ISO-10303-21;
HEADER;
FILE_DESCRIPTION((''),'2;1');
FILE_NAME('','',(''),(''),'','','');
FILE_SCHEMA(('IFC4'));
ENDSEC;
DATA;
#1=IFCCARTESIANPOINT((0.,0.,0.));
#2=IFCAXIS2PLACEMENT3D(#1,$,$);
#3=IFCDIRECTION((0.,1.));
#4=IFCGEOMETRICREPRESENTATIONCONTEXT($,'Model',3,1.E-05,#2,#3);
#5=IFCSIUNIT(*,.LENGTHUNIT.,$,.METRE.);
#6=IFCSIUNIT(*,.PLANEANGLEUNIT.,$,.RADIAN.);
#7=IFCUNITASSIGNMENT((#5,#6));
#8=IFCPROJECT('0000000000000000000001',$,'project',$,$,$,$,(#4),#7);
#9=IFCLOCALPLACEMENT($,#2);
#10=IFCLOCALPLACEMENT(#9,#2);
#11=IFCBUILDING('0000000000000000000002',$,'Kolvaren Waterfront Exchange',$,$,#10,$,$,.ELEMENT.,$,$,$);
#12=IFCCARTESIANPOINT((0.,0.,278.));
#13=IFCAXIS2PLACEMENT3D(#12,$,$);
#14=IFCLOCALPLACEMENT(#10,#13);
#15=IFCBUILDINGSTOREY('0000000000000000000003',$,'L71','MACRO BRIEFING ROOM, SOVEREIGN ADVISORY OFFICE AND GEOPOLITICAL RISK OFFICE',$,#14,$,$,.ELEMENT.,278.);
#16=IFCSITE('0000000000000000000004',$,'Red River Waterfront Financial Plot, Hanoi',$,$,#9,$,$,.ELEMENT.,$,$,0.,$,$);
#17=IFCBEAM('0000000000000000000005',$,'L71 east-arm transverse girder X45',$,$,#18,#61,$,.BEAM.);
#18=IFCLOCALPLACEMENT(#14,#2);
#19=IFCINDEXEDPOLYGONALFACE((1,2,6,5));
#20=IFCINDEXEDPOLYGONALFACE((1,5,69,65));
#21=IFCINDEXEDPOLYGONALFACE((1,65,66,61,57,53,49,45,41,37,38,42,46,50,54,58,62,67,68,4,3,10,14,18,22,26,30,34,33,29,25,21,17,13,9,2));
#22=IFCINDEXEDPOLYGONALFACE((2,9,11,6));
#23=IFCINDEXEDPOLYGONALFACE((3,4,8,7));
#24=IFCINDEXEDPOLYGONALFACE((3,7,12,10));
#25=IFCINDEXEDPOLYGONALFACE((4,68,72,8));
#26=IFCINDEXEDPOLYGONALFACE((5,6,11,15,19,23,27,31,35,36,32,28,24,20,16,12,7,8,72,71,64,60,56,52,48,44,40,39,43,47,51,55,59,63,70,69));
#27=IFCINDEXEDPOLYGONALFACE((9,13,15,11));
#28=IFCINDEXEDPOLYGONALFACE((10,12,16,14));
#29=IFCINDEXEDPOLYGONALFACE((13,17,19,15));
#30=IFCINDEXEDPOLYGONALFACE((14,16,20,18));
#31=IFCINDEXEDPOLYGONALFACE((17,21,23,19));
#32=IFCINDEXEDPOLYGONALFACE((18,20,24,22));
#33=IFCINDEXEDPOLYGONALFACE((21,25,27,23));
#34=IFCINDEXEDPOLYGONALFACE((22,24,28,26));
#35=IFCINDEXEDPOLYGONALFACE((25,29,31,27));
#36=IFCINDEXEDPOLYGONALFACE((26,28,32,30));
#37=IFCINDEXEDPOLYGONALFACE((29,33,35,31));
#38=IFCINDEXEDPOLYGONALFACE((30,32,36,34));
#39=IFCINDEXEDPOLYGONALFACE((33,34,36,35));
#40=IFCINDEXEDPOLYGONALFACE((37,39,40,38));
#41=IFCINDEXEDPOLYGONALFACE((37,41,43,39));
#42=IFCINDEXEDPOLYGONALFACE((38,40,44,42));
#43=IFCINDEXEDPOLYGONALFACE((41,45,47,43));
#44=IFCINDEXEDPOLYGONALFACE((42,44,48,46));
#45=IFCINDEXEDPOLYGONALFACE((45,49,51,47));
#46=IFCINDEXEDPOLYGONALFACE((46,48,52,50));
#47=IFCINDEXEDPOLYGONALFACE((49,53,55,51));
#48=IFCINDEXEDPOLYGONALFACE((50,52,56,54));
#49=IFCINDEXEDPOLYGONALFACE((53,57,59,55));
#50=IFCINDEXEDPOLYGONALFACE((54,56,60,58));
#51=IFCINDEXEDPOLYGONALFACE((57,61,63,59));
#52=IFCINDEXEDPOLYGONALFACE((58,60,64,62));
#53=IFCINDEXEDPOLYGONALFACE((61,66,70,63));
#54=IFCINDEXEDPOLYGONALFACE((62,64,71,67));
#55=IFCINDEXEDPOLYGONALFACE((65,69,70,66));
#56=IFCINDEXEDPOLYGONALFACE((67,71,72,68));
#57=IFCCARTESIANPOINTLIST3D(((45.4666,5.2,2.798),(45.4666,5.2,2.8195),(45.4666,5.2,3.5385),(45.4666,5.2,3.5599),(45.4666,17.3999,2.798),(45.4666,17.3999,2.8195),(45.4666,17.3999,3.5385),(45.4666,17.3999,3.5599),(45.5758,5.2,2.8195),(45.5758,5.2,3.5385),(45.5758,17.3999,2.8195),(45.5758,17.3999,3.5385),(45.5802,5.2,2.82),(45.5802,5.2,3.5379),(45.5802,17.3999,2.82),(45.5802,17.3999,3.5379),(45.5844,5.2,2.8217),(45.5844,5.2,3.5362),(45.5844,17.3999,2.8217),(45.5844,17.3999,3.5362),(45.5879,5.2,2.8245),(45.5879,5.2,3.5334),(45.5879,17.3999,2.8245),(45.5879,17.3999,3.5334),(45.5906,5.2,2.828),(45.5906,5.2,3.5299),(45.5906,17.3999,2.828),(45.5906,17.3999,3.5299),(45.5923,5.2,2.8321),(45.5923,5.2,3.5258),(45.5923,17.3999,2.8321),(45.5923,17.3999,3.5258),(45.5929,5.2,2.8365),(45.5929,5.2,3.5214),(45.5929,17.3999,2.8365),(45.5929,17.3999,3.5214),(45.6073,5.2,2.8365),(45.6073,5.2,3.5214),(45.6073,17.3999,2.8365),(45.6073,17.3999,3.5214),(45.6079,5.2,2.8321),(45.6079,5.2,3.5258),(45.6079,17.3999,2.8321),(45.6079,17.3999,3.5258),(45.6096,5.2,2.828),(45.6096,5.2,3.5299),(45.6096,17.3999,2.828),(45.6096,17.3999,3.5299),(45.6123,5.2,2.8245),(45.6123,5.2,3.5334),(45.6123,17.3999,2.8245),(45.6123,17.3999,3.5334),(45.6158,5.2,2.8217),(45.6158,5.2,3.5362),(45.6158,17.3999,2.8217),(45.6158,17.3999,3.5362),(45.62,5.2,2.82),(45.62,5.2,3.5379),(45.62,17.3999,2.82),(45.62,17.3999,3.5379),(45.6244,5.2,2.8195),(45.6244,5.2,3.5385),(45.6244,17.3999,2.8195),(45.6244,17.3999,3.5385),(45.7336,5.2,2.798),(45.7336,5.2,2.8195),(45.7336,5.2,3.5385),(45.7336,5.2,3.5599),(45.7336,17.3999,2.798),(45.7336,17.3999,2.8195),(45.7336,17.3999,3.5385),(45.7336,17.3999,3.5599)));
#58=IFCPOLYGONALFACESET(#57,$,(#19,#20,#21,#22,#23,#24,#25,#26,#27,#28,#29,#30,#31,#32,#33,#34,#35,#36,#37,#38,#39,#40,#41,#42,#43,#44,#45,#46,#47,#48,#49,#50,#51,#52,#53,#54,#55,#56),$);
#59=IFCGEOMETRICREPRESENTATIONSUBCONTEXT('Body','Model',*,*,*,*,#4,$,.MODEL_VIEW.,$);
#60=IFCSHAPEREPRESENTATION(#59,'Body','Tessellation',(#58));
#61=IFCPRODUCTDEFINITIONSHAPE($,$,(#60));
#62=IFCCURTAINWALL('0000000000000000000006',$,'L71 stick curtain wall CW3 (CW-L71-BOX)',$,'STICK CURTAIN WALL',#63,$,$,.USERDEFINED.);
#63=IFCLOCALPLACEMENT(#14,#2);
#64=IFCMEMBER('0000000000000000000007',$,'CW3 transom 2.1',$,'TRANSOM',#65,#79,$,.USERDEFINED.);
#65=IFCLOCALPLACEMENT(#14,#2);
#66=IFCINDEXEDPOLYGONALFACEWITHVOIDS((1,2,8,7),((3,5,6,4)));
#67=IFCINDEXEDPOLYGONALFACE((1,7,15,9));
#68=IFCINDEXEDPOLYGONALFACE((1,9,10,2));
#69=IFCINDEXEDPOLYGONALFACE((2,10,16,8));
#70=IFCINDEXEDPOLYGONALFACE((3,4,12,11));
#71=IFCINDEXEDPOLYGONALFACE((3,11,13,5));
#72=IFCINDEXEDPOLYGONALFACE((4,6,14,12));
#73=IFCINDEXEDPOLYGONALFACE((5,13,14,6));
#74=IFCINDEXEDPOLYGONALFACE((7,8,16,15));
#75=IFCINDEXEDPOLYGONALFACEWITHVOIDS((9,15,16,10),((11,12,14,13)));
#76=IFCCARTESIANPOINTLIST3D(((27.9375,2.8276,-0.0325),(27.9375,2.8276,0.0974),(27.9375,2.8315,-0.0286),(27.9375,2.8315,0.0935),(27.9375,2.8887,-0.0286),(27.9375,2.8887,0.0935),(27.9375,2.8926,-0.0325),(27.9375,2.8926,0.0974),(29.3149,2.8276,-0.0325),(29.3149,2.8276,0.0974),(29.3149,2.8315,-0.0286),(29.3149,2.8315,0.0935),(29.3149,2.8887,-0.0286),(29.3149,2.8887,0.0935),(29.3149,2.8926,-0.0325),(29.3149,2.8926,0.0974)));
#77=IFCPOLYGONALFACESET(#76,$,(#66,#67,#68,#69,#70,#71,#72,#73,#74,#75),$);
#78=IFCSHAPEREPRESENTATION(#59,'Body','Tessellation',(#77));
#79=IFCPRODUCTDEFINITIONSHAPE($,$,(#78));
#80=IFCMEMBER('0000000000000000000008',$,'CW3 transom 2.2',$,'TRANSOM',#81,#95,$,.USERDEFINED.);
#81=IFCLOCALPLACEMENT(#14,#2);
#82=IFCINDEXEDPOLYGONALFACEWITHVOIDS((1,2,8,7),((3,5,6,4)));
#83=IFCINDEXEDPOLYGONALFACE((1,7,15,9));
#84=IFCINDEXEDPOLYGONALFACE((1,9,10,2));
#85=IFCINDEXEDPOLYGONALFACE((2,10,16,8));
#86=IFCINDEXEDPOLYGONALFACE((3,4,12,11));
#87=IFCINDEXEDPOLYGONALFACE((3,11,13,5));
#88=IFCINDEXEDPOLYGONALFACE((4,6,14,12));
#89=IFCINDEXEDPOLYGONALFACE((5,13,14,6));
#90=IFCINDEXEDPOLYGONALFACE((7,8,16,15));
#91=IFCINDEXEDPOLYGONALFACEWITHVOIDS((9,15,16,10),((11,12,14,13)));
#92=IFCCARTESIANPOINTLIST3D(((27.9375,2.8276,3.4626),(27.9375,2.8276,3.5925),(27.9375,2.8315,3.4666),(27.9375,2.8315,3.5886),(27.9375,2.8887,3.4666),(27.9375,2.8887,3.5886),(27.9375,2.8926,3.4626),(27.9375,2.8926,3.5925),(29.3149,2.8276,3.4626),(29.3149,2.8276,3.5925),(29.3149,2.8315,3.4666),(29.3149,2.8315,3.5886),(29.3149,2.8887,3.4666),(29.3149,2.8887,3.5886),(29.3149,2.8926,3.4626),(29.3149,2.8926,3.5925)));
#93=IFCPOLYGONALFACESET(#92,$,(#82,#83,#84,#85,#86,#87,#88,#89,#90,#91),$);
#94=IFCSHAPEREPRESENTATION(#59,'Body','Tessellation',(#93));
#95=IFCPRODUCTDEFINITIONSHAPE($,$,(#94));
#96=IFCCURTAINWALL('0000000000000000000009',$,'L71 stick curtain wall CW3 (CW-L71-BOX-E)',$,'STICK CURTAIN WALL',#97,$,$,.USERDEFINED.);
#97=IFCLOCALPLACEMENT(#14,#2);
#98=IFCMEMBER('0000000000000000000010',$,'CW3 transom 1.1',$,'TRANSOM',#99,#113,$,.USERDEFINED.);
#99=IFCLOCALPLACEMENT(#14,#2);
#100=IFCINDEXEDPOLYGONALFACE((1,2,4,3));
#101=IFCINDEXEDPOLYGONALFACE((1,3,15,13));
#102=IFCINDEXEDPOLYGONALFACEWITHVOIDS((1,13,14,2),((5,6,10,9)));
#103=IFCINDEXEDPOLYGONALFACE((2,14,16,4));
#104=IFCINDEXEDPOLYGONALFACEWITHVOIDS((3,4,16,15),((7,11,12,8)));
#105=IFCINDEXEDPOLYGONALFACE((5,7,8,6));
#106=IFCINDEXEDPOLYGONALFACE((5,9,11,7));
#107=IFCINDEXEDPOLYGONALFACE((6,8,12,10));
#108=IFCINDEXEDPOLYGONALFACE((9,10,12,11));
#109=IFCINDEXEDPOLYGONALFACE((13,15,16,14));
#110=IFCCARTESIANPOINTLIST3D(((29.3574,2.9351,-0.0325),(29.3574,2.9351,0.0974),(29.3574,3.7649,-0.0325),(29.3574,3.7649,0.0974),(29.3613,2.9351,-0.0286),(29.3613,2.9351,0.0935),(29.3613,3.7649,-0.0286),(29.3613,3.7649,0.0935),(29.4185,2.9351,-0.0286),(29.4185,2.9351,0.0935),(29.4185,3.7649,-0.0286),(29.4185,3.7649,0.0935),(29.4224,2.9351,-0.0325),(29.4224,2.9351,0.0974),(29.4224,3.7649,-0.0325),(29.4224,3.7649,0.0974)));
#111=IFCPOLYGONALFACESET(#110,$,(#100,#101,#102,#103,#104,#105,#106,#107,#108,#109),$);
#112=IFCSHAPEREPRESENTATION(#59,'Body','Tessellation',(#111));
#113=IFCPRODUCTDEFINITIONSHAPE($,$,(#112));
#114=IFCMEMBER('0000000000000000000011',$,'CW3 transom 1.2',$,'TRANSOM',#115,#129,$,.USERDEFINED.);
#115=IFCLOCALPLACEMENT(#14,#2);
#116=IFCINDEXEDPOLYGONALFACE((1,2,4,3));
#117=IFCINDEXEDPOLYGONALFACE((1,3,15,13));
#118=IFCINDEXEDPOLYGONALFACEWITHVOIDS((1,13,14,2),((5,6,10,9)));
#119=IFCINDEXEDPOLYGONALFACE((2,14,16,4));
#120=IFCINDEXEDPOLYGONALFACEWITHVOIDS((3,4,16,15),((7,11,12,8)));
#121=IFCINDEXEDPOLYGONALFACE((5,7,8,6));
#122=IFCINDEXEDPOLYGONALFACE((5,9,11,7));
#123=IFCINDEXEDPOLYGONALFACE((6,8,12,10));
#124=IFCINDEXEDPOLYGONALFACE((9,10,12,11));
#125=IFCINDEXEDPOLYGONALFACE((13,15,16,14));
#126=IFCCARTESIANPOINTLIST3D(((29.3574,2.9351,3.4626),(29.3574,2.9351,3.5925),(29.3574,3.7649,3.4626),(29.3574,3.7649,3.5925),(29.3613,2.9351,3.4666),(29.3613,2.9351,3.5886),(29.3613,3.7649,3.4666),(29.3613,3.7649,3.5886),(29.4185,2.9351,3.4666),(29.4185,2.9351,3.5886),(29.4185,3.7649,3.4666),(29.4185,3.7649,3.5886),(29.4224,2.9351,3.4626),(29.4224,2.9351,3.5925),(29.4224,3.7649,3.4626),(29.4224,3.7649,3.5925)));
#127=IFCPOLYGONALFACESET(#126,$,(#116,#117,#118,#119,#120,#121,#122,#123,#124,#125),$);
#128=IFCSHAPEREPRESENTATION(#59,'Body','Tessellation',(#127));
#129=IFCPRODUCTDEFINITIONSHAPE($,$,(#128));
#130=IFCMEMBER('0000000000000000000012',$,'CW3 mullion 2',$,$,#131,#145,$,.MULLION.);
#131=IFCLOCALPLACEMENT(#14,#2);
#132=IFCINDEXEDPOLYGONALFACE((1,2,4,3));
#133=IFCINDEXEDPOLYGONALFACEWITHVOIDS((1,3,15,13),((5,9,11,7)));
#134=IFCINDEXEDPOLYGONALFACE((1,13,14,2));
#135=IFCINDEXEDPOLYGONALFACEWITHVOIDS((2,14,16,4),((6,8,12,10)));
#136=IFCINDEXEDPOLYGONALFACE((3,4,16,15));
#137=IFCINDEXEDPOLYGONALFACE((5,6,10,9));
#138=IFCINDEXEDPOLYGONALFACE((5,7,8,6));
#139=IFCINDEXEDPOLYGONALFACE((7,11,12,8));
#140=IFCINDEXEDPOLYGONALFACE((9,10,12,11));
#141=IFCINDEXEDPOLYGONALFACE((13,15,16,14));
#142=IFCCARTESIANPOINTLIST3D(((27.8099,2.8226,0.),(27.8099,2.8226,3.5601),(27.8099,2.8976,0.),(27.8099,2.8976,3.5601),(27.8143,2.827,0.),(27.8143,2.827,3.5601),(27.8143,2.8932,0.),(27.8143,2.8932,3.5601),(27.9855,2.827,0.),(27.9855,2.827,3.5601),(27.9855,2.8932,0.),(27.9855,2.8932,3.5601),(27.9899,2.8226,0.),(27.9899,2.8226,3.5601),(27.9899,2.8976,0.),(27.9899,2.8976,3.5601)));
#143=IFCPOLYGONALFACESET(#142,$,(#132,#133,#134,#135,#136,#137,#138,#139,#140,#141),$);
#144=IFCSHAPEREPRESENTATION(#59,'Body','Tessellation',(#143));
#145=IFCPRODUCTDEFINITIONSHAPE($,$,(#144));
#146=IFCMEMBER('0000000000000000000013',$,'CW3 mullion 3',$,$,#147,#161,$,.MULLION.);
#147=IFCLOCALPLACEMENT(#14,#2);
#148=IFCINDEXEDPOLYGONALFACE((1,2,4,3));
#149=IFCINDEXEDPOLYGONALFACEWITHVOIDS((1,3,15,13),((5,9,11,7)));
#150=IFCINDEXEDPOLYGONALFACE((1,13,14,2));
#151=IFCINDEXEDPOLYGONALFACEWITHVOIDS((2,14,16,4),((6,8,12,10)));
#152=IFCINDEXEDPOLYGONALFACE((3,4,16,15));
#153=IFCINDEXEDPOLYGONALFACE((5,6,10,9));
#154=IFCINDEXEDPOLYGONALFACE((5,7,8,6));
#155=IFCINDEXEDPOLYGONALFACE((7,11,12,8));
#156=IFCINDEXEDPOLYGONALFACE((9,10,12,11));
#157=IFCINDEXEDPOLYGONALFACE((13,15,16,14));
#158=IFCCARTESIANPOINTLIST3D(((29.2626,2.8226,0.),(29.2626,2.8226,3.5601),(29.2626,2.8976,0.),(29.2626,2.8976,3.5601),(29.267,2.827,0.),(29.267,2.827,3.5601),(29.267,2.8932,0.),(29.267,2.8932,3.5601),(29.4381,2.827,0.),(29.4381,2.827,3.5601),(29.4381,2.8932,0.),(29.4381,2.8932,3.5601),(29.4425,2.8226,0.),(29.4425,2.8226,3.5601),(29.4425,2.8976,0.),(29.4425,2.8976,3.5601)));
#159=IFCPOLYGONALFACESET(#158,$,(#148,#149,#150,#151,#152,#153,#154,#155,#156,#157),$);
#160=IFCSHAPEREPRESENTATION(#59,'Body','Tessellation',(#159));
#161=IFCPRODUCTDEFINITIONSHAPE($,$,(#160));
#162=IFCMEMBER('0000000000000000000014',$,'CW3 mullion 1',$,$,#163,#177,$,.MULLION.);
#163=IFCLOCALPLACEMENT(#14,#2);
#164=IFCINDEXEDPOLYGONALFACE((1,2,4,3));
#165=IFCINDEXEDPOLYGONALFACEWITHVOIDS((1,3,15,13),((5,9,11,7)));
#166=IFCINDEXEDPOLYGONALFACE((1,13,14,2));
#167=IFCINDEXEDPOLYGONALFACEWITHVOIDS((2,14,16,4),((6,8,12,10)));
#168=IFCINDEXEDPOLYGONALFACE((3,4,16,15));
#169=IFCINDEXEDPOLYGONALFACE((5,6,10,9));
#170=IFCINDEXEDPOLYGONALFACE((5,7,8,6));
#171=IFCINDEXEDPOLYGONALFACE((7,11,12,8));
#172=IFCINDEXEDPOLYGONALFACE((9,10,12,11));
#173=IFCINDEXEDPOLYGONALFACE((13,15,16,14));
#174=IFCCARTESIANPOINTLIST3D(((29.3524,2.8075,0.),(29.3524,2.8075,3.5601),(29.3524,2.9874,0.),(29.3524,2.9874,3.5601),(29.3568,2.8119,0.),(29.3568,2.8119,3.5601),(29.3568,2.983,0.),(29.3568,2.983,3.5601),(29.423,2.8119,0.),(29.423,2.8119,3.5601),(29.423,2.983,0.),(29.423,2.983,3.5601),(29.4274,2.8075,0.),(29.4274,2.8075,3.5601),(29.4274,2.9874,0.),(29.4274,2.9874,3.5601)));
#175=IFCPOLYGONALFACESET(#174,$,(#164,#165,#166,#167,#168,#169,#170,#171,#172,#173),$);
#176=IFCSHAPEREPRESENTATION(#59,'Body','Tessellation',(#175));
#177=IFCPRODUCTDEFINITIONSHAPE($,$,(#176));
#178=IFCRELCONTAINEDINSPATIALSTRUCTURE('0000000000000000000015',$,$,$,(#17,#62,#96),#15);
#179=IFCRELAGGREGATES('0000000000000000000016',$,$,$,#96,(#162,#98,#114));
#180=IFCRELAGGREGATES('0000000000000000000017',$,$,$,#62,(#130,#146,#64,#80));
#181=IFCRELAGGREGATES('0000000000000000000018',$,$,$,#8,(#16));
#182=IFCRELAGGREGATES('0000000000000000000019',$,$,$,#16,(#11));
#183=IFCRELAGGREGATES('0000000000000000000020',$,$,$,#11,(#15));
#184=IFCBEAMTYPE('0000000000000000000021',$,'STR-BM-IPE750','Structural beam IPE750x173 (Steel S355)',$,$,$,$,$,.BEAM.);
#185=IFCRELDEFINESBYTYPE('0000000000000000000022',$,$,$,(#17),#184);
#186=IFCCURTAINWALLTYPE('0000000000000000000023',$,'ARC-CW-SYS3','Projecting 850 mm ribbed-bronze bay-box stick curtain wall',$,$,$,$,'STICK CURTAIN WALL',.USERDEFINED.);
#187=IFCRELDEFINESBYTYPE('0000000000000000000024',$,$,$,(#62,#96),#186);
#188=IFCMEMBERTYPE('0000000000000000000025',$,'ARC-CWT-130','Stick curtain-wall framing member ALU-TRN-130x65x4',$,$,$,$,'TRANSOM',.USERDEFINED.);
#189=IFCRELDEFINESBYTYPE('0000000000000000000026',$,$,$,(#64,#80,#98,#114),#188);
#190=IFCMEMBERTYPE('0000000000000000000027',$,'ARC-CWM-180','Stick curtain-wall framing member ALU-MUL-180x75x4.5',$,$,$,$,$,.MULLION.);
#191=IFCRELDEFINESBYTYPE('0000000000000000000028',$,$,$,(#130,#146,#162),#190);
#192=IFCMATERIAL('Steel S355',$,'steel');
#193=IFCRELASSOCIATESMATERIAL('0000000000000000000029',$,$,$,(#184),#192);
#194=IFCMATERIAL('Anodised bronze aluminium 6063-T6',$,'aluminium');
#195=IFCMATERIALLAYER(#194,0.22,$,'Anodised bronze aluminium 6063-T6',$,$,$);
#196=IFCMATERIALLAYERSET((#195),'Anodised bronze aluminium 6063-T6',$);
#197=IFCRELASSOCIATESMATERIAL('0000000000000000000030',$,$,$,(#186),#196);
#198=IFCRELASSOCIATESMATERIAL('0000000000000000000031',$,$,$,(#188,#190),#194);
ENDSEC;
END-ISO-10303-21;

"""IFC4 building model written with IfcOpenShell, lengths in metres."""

from ifc_helpers import new_model, si_unit, direction, frame, origin, origin_with_axes, origin_2d, place, context, subcontext, project, spatial, hollow_rectangle, i_section, extrude, source, transform, mapped, material, layer, layer_set, material_profile, profile_set, type_object, element, aggregate, save


model = new_model("IFC4")

# Units and contexts
model_context = context("Model", 3, precision=1e-05, world=origin(), true_north=direction((0.0, 1.0)))
body_context = subcontext(model_context, "Body", "Model", "MODEL_VIEW")
ifc_project = project(units=[si_unit("LENGTHUNIT", "METRE"), si_unit("PLANEANGLEUNIT", "RADIAN")], contexts=[model_context])

# Site, building, storey
site_placement = place(None, origin())
site = spatial("IfcSite", under=ifc_project, at=site_placement, Name="Red River Waterfront Financial Plot, Hanoi", CompositionType="ELEMENT", RefElevation=0.0)
building_placement = place(site_placement, origin())
building = spatial("IfcBuilding", under=site, at=building_placement, Name="Kolvaren Waterfront Exchange", CompositionType="ELEMENT")
storey_placement = place(building_placement, frame((0.0, 0.0, 278.0)))
storey = spatial("IfcBuildingStorey", under=building, at=storey_placement, Name="L71", Description="MACRO BRIEFING ROOM, SOVEREIGN ADVISORY OFFICE AND GEOPOLITICAL RISK OFFICE", CompositionType="ELEMENT", Elevation=278.0)

# Beam
ifc_material_1 = material(Name="Steel S355", Category="steel")
ifc_material_profile_1 = material_profile(ifc_material_1, i_section(OverallWidth=0.2671, OverallDepth=0.762, WebThickness=0.0144, FlangeThickness=0.0215, FilletRadius=0.0171, at=origin_2d()), Name="IPE750x173")
ifc_profile_set_1 = profile_set([ifc_material_profile_1], Name="Steel S355")
beam_type_1 = type_object("IfcBeamType", Name="STR-BM-IPE750", Description="Structural beam IPE750x173 (Steel S355)", PredefinedType="BEAM", material=ifc_profile_set_1)
for number, where, z_axis, x_axis, name in (
    (1, (45.6001, 5.2, 3.179), (0.0, 1.0, 0.0), (-1.0, 0.0, 0.0), "L71 east-arm transverse girder X45"),
):
    element("IfcBeam", number, at=place(storey_placement, frame(where, z_axis=z_axis, x_axis=x_axis)), inside=storey, type_object=beam_type_1, Name=name, PredefinedType="BEAM", context=body_context, shape_type="SweptSolid", body=[
        extrude(i_section(OverallWidth=0.2671, OverallDepth=0.762, WebThickness=0.0144, FlangeThickness=0.0215, FilletRadius=0.0171, at=origin_2d()), origin(), (0.0, 0.0, 1.0), 12.2),
    ])

# Curtain walls, members
ifc_material_2 = material(Name="Anodised bronze aluminium 6063-T6", Category="aluminium")
ifc_layer_1 = layer(ifc_material_2, 0.22, Name="Anodised bronze aluminium 6063-T6")
ifc_layer_set_1 = layer_set([ifc_layer_1], Name="Anodised bronze aluminium 6063-T6")
curtain_wall_type_1 = type_object("IfcCurtainWallType", Name="ARC-CW-SYS3", Description="Projecting 850 mm ribbed-bronze bay-box stick curtain wall", ElementType="STICK CURTAIN WALL", PredefinedType="USERDEFINED", material=ifc_layer_set_1)
curtain_wall_1_placement = place(storey_placement, origin())
curtain_wall_1 = element("IfcCurtainWall", 2, at=curtain_wall_1_placement, inside=storey, type_object=curtain_wall_type_1, Name="L71 stick curtain wall CW3 (CW-L71-BOX)", ObjectType="STICK CURTAIN WALL", PredefinedType="USERDEFINED")
ifc_material_profile_2 = material_profile(ifc_material_2, hollow_rectangle(XDim=0.0649, YDim=0.1299, WallThickness=0.0039, at=origin_2d()), Name="ALU-TRN-130x65x4")
ifc_profile_set_2 = profile_set([ifc_material_profile_2], Name="Anodised bronze aluminium 6063-T6")
member_type_1 = type_object("IfcMemberType", Name="ARC-CWT-130", Description="Stick curtain-wall framing member ALU-TRN-130x65x4", ElementType="TRANSOM", PredefinedType="USERDEFINED", material=ifc_profile_set_2)
shared_shape_1 = source(origin_with_axes(), body_context, "Body", "SweptSolid", [
    extrude(hollow_rectangle(XDim=0.0649, YDim=0.1299, WallThickness=0.0039, at=origin_2d()), origin(), (0.0, 0.0, 1.0), 1.3774),
])
member_1_placement = place(storey_placement, frame((27.9375, 2.8601, 0.0325), z_axis=(1.0, 0.0, 0.0), x_axis=(0.0, 1.0, 0.0)))
member_1 = element("IfcMember", 3, at=member_1_placement, type_object=member_type_1, Name="CW3 transom 2.1", ObjectType="TRANSOM", PredefinedType="USERDEFINED", context=body_context, shape_type="MappedRepresentation", body=[
    mapped(shared_shape_1, transform((0.0, 0.0, 0.0), x_axis=(1.0, 0.0, 0.0), y_axis=(0.0, 1.0, 0.0), z_axis=(0.0, 0.0, 1.0), scale=1.0)),
])
member_2_placement = place(storey_placement, frame((27.9375, 2.8601, 3.5276), z_axis=(1.0, 0.0, 0.0), x_axis=(0.0, 1.0, 0.0)))
member_2 = element("IfcMember", 4, at=member_2_placement, type_object=member_type_1, Name="CW3 transom 2.2", ObjectType="TRANSOM", PredefinedType="USERDEFINED", context=body_context, shape_type="MappedRepresentation", body=[
    mapped(shared_shape_1, transform((0.0, 0.0, 0.0), x_axis=(1.0, 0.0, 0.0), y_axis=(0.0, 1.0, 0.0), z_axis=(0.0, 0.0, 1.0), scale=1.0)),
])
curtain_wall_2_placement = place(storey_placement, origin())
curtain_wall_2 = element("IfcCurtainWall", 5, at=curtain_wall_2_placement, inside=storey, type_object=curtain_wall_type_1, Name="L71 stick curtain wall CW3 (CW-L71-BOX-E)", ObjectType="STICK CURTAIN WALL", PredefinedType="USERDEFINED")
shared_shape_2 = source(origin_with_axes(), body_context, "Body", "SweptSolid", [
    extrude(hollow_rectangle(XDim=0.0649, YDim=0.1299, WallThickness=0.0039, at=origin_2d()), origin(), (0.0, 0.0, 1.0), 0.8298),
])
member_3_placement = place(storey_placement, frame((29.3899, 2.9351, 0.0325), z_axis=(0.0, 1.0, 0.0), x_axis=(-1.0, 0.0, 0.0)))
member_3 = element("IfcMember", 6, at=member_3_placement, type_object=member_type_1, Name="CW3 transom 1.1", ObjectType="TRANSOM", PredefinedType="USERDEFINED", context=body_context, shape_type="MappedRepresentation", body=[
    mapped(shared_shape_2, transform((0.0, 0.0, 0.0), x_axis=(1.0, 0.0, 0.0), y_axis=(0.0, 1.0, 0.0), z_axis=(0.0, 0.0, 1.0), scale=1.0)),
])
member_4_placement = place(storey_placement, frame((29.3899, 2.9351, 3.5276), z_axis=(0.0, 1.0, 0.0), x_axis=(-1.0, 0.0, 0.0)))
member_4 = element("IfcMember", 7, at=member_4_placement, type_object=member_type_1, Name="CW3 transom 1.2", ObjectType="TRANSOM", PredefinedType="USERDEFINED", context=body_context, shape_type="MappedRepresentation", body=[
    mapped(shared_shape_2, transform((0.0, 0.0, 0.0), x_axis=(1.0, 0.0, 0.0), y_axis=(0.0, 1.0, 0.0), z_axis=(0.0, 0.0, 1.0), scale=1.0)),
])

# Members
ifc_material_profile_3 = material_profile(ifc_material_2, hollow_rectangle(XDim=0.075, YDim=0.1799, WallThickness=0.0044, at=origin_2d()), Name="ALU-MUL-180x75x4.5")
ifc_profile_set_3 = profile_set([ifc_material_profile_3], Name="Anodised bronze aluminium 6063-T6")
member_type_2 = type_object("IfcMemberType", Name="ARC-CWM-180", Description="Stick curtain-wall framing member ALU-MUL-180x75x4.5", PredefinedType="MULLION", material=ifc_profile_set_3)
shared_shape_3 = source(origin_with_axes(), body_context, "Body", "SweptSolid", [
    extrude(hollow_rectangle(XDim=0.075, YDim=0.1799, WallThickness=0.0044, at=origin_2d()), origin(), (0.0, 0.0, 1.0), 3.5601),
])
member_5_placement = place(storey_placement, frame((27.8999, 2.8601, 0.0), z_axis=(0.0, 0.0, 1.0), x_axis=(0.0, 1.0, 0.0)))
member_5 = element("IfcMember", 8, at=member_5_placement, type_object=member_type_2, Name="CW3 mullion 2", PredefinedType="MULLION", context=body_context, shape_type="MappedRepresentation", body=[
    mapped(shared_shape_3, transform((0.0, 0.0, 0.0), x_axis=(1.0, 0.0, 0.0), y_axis=(0.0, 1.0, 0.0), z_axis=(0.0, 0.0, 1.0), scale=1.0)),
])
member_6_placement = place(storey_placement, frame((29.3525, 2.8601, 0.0), z_axis=(0.0, 0.0, 1.0), x_axis=(0.0, 1.0, 0.0)))
member_6 = element("IfcMember", 9, at=member_6_placement, type_object=member_type_2, Name="CW3 mullion 3", PredefinedType="MULLION", context=body_context, shape_type="MappedRepresentation", body=[
    mapped(shared_shape_3, transform((0.0, 0.0, 0.0), x_axis=(1.0, 0.0, 0.0), y_axis=(0.0, 1.0, 0.0), z_axis=(0.0, 0.0, 1.0), scale=1.0)),
])
member_7_placement = place(storey_placement, frame((29.3899, 2.8975, 0.0), z_axis=(0.0, 0.0, 1.0), x_axis=(-1.0, 0.0, 0.0)))
member_7 = element("IfcMember", 10, at=member_7_placement, type_object=member_type_2, Name="CW3 mullion 1", PredefinedType="MULLION", context=body_context, shape_type="MappedRepresentation", body=[
    mapped(shared_shape_3, transform((0.0, 0.0, 0.0), x_axis=(1.0, 0.0, 0.0), y_axis=(0.0, 1.0, 0.0), z_axis=(0.0, 0.0, 1.0), scale=1.0)),
])

aggregate(curtain_wall_2, [member_7, member_3, member_4])
aggregate(curtain_wall_1, [member_5, member_6, member_1, member_2])

save(model, "model.ifc")
